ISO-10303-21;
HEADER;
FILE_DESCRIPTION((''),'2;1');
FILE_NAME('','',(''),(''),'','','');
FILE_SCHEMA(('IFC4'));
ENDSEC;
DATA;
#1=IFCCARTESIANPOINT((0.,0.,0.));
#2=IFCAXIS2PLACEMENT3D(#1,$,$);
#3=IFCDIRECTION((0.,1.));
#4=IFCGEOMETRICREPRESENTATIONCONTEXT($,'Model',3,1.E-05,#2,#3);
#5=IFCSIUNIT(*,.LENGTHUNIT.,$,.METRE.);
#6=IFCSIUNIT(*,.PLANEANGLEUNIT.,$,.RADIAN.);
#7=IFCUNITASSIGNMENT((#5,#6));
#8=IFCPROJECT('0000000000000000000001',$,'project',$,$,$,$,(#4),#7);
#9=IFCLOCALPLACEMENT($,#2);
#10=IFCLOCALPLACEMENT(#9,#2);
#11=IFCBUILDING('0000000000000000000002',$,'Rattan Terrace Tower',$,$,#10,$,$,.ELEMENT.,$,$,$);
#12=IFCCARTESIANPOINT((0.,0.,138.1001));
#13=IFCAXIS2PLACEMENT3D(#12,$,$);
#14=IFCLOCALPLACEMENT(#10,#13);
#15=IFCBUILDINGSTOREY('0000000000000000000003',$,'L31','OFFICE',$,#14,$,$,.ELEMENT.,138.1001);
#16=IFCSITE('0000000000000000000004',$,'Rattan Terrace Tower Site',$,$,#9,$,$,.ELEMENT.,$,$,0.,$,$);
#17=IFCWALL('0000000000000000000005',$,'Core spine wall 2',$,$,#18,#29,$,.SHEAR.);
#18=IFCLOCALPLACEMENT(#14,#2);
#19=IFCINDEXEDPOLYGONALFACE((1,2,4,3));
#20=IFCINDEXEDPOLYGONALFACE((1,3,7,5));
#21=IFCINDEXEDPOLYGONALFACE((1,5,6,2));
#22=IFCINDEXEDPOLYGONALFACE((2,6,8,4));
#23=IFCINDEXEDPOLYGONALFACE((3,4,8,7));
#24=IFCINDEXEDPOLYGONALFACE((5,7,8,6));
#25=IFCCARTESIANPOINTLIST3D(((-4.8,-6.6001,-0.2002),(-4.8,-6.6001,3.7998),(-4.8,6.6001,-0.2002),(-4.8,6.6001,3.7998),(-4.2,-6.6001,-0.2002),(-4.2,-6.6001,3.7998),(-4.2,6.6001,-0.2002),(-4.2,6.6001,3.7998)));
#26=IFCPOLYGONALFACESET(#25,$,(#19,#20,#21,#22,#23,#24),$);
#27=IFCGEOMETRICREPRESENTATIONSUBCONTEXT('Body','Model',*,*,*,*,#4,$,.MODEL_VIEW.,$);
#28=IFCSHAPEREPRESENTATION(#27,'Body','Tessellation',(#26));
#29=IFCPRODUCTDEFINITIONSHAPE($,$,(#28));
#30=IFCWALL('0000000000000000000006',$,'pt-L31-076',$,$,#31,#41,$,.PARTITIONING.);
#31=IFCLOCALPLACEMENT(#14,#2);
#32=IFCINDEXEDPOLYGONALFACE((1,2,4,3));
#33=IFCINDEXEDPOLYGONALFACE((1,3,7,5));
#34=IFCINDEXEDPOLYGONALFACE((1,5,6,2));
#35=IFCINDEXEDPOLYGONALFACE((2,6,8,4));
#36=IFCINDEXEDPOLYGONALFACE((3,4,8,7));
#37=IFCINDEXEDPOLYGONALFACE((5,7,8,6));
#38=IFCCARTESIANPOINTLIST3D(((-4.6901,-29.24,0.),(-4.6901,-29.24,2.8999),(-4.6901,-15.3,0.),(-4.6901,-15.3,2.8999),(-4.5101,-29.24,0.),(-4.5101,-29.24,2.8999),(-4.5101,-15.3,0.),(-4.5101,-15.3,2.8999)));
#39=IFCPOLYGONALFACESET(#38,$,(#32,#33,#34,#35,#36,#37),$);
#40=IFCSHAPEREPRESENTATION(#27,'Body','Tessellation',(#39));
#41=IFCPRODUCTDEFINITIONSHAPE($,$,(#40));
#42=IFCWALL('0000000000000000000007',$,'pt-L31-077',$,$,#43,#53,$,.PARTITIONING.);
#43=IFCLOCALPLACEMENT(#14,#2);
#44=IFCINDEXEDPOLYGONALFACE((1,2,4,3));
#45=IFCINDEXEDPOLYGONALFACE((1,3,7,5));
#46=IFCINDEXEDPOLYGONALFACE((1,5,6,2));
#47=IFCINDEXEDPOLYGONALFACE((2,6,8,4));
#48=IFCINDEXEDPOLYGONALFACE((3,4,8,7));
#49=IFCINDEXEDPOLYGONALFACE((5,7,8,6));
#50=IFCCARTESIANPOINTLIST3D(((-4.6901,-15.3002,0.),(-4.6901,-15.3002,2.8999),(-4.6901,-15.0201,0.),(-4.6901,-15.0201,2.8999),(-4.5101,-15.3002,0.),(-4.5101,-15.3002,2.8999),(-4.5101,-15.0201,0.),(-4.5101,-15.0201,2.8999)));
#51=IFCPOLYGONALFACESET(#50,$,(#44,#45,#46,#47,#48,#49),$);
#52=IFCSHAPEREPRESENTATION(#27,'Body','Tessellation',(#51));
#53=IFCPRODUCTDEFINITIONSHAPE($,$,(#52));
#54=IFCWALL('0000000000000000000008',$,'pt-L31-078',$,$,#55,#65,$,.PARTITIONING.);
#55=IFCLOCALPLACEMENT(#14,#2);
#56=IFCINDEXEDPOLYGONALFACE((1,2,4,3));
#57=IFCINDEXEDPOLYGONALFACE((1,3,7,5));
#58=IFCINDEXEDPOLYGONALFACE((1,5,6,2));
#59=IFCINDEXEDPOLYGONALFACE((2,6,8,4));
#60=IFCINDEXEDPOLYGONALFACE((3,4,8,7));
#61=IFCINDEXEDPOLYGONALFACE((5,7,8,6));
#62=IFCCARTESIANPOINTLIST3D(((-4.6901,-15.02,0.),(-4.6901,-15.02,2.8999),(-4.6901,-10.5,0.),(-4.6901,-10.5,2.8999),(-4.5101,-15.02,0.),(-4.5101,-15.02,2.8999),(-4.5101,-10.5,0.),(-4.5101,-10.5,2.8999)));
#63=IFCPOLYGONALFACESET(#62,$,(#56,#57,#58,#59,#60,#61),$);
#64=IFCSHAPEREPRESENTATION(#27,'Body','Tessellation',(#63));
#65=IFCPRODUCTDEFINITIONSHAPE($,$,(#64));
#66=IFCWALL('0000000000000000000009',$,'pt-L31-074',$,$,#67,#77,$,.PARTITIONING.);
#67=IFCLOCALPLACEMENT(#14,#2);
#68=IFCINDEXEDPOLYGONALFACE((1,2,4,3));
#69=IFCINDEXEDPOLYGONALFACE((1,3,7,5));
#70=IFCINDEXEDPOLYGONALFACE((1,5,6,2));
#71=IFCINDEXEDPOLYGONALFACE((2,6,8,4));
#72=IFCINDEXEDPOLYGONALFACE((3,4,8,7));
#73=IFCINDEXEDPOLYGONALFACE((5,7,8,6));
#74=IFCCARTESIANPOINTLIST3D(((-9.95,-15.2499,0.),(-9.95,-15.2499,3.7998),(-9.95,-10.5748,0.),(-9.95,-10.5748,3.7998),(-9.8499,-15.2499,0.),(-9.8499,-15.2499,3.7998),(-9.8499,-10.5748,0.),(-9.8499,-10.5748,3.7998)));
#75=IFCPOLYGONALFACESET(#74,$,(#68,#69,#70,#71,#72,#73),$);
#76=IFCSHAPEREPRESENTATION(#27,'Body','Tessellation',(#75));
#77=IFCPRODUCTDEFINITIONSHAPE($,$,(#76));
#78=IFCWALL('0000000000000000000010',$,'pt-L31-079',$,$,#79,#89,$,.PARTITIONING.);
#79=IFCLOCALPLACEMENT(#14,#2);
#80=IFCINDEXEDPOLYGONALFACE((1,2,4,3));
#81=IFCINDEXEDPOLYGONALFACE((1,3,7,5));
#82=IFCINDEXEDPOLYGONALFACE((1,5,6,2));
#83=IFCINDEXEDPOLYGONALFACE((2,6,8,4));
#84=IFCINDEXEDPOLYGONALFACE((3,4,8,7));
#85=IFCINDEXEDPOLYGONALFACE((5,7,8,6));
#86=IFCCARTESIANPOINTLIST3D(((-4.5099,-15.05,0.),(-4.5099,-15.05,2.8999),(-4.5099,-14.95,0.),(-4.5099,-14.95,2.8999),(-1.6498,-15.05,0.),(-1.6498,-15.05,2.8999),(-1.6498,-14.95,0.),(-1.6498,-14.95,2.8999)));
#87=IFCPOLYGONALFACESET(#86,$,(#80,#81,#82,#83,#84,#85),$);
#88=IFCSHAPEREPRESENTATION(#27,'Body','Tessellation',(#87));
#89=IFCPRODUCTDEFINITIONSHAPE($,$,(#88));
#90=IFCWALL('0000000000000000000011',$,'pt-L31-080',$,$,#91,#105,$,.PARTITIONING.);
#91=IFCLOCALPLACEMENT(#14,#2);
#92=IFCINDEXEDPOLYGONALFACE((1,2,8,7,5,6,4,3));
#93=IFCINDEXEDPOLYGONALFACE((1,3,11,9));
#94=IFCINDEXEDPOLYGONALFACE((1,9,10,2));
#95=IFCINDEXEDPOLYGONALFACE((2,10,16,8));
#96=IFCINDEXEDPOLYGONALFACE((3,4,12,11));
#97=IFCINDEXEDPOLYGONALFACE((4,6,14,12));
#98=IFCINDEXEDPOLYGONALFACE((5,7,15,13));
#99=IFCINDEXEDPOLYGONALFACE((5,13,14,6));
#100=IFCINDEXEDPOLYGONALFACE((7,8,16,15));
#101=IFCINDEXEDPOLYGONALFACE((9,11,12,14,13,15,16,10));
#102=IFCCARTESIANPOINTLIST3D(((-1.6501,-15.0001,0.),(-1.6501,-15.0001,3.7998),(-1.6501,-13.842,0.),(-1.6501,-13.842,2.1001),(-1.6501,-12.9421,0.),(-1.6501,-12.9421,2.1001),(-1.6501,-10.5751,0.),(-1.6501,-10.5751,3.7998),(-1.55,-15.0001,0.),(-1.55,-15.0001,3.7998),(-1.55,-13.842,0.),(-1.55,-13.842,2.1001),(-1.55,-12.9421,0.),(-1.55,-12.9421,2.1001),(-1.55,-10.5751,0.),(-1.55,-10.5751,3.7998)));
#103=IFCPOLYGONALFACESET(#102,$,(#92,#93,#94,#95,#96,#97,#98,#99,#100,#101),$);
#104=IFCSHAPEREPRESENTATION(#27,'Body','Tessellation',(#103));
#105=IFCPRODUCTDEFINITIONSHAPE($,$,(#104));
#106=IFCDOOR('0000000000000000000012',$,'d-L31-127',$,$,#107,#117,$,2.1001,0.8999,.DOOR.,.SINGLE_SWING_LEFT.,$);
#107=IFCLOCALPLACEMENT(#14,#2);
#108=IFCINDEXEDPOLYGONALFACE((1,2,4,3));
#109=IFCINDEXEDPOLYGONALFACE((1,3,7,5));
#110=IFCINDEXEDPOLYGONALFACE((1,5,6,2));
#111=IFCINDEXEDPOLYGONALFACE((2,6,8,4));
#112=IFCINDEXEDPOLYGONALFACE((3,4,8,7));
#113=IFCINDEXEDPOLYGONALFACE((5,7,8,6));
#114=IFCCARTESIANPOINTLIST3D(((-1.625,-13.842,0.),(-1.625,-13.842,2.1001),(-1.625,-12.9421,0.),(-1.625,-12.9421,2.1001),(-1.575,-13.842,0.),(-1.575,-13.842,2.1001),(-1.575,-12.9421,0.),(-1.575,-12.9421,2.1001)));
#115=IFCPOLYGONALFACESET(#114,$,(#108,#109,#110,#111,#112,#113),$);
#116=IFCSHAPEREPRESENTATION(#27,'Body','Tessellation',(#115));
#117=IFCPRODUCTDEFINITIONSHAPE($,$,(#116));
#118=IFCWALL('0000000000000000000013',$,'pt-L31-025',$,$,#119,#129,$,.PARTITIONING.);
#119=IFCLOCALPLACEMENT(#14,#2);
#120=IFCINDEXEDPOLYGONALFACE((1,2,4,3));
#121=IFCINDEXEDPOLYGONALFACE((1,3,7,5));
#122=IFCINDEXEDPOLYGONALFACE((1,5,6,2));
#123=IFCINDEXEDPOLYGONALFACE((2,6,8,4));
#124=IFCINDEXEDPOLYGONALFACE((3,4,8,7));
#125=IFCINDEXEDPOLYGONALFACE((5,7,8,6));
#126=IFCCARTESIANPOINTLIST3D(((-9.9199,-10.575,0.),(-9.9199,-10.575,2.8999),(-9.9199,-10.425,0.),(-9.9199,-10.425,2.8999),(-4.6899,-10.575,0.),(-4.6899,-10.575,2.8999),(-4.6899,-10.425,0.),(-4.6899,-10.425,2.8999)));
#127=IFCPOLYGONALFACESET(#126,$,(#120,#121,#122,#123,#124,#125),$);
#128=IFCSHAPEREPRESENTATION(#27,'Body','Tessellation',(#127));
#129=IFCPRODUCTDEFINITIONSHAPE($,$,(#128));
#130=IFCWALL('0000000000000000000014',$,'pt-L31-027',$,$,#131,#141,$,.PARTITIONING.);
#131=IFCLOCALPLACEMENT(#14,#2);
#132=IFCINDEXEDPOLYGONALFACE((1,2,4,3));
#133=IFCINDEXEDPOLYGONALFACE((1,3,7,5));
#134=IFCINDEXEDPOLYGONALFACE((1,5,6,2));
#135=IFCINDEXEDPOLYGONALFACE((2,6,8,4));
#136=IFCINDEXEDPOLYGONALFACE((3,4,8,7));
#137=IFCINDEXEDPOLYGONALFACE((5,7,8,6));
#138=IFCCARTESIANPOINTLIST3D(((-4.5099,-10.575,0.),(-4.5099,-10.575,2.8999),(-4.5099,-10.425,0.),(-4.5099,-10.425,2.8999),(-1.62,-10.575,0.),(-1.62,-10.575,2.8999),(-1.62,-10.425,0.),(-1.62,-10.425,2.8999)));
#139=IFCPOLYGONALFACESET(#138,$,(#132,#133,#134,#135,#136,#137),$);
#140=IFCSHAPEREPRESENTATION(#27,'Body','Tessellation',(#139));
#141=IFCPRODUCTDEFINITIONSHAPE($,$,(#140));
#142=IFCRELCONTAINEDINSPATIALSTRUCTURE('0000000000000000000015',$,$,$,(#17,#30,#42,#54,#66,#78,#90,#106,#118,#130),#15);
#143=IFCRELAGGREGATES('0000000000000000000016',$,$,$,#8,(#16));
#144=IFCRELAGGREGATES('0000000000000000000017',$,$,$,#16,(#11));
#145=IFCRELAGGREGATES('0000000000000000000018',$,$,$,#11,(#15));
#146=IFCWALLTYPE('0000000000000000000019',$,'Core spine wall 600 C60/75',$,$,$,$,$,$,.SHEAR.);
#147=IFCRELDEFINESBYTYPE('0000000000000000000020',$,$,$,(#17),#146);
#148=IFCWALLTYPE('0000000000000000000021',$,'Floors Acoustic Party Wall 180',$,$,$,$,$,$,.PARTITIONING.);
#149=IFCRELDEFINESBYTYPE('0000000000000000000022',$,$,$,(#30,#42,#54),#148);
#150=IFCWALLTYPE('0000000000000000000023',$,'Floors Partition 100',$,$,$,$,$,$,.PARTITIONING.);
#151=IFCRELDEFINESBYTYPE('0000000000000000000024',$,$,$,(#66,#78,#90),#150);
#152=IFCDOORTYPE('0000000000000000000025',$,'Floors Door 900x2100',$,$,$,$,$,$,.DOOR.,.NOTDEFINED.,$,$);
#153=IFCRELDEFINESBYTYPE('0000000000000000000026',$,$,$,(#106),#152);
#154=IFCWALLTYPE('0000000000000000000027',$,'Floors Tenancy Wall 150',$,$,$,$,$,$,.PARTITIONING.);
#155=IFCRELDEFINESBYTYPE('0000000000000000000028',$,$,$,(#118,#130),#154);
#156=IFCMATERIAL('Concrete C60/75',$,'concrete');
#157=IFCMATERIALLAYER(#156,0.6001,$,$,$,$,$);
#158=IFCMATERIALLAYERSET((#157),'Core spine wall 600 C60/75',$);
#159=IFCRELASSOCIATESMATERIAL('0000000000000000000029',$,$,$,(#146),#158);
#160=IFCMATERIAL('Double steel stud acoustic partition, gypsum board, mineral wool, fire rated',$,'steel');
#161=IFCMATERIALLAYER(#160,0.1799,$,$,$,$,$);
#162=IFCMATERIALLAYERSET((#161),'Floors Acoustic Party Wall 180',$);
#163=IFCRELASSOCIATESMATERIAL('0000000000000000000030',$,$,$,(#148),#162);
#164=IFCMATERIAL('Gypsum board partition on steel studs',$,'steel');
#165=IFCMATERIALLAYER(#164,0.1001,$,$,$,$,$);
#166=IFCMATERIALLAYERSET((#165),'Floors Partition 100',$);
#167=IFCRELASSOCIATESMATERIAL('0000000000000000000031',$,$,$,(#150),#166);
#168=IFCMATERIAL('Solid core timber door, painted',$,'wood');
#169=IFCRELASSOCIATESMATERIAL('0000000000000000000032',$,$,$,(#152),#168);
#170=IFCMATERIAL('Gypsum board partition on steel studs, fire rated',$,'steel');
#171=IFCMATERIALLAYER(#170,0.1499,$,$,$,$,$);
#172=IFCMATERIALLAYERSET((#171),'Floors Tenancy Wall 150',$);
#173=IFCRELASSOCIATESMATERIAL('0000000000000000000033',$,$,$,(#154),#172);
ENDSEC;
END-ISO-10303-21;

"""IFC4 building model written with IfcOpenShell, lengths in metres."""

from ifc_helpers import new_model, si_unit, direction, frame, frame_2d, origin, place, context, subcontext, project, spatial, rectangle, extrude, material, layer, layer_set, type_object, element, fill, save


model = new_model("IFC4")

# Units and contexts
model_context = context("Model", 3, precision=1e-05, world=origin(), true_north=direction((0.0, 1.0)))
body_context = subcontext(model_context, "Body", "Model", "MODEL_VIEW")
ifc_project = project(units=[si_unit("LENGTHUNIT", "METRE"), si_unit("PLANEANGLEUNIT", "RADIAN")], contexts=[model_context])

# Site, building, storey
site_placement = place(None, origin())
site = spatial("IfcSite", under=ifc_project, at=site_placement, Name="Rattan Terrace Tower Site", CompositionType="ELEMENT", RefElevation=0.0)
building_placement = place(site_placement, origin())
building = spatial("IfcBuilding", under=site, at=building_placement, Name="Rattan Terrace Tower", CompositionType="ELEMENT")
storey_placement = place(building_placement, frame((0.0, 0.0, 138.1001)))
storey = spatial("IfcBuildingStorey", under=building, at=storey_placement, Name="L31", Description="OFFICE", CompositionType="ELEMENT", Elevation=138.1001)

# Walls
ifc_material_1 = material(Name="Concrete C60/75", Category="concrete")
ifc_layer_1 = layer(ifc_material_1, 0.6001)
ifc_layer_set_1 = layer_set([ifc_layer_1], Name="Core spine wall 600 C60/75")
wall_type_1 = type_object("IfcWallType", Name="Core spine wall 600 C60/75", PredefinedType="SHEAR", material=ifc_layer_set_1)
wall_1_placement = place(storey_placement, frame((-4.5, -6.6001, -0.2002), z_axis=(0.0, 0.0, 1.0), x_axis=(0.0, 1.0, 0.0)))
element("IfcWall", 1, at=wall_1_placement, inside=storey, type_object=wall_type_1, Name="Core spine wall 2", PredefinedType="SHEAR", context=body_context, shape_type="SweptSolid", body=[
    extrude(rectangle(XDim=13.2002, YDim=0.6001, at=frame_2d((6.6001, 0.0))), origin(), (0.0, 0.0, 1.0), 4.0),
])
ifc_material_2 = material(Name="Double steel stud acoustic partition, gypsum board, mineral wool, fire rated", Category="steel")
ifc_layer_2 = layer(ifc_material_2, 0.1799)
ifc_layer_set_2 = layer_set([ifc_layer_2], Name="Floors Acoustic Party Wall 180")
wall_type_2 = type_object("IfcWallType", Name="Floors Acoustic Party Wall 180", PredefinedType="PARTITIONING", material=ifc_layer_set_2)
wall_2_placement = place(storey_placement, frame((-4.6001, -15.3, 0.0), z_axis=(0.0, 0.0, 1.0), x_axis=(0.0, -1.0, 0.0)))
element("IfcWall", 2, at=wall_2_placement, inside=storey, type_object=wall_type_2, Name="pt-L31-076", PredefinedType="PARTITIONING", context=body_context, shape_type="SweptSolid", body=[
    extrude(rectangle(XDim=13.9399, YDim=0.1799, at=frame_2d((6.97, 0.0))), origin(), (0.0, 0.0, 1.0), 2.8999),
])
wall_3_placement = place(storey_placement, frame((-4.6001, -15.02, 0.0), z_axis=(0.0, 0.0, 1.0), x_axis=(0.0, -1.0, 0.0)))
element("IfcWall", 3, at=wall_3_placement, inside=storey, type_object=wall_type_2, Name="pt-L31-077", PredefinedType="PARTITIONING", context=body_context, shape_type="SweptSolid", body=[
    extrude(rectangle(XDim=0.28, YDim=0.1799, at=frame_2d((0.1401, 0.0))), origin(), (0.0, 0.0, 1.0), 2.8999),
])
wall_4_placement = place(storey_placement, frame((-4.6001, -10.5, 0.0), z_axis=(0.0, 0.0, 1.0), x_axis=(0.0, -1.0, 0.0)))
element("IfcWall", 4, at=wall_4_placement, inside=storey, type_object=wall_type_2, Name="pt-L31-078", PredefinedType="PARTITIONING", context=body_context, shape_type="SweptSolid", body=[
    extrude(rectangle(XDim=4.52, YDim=0.1799, at=frame_2d((2.26, 0.0))), origin(), (0.0, 0.0, 1.0), 2.8999),
])
ifc_material_3 = material(Name="Gypsum board partition on steel studs", Category="steel")
ifc_layer_3 = layer(ifc_material_3, 0.1001)
ifc_layer_set_3 = layer_set([ifc_layer_3], Name="Floors Partition 100")
wall_type_3 = type_object("IfcWallType", Name="Floors Partition 100", PredefinedType="PARTITIONING", material=ifc_layer_set_3)
wall_5_placement = place(storey_placement, frame((-9.8999, -10.575, 0.0), z_axis=(0.0, 0.0, 1.0), x_axis=(0.0, -1.0, 0.0)))
element("IfcWall", 5, at=wall_5_placement, inside=storey, type_object=wall_type_3, Name="pt-L31-074", PredefinedType="PARTITIONING", context=body_context, shape_type="SweptSolid", body=[
    extrude(rectangle(XDim=4.675, YDim=0.1001, at=frame_2d((2.3374, 0.0))), origin(), (0.0, 0.0, 1.0), 3.7998),
])
wall_6_placement = place(storey_placement, frame((-4.51, -15.0, 0.0), z_axis=(0.0, 0.0, 1.0), x_axis=(1.0, 0.0, 0.0)))
element("IfcWall", 6, at=wall_6_placement, inside=storey, type_object=wall_type_3, Name="pt-L31-079", PredefinedType="PARTITIONING", context=body_context, shape_type="SweptSolid", body=[
    extrude(rectangle(XDim=2.8601, YDim=0.1001, at=frame_2d((1.4302, 0.0))), origin(), (0.0, 0.0, 1.0), 2.8999),
])

# Wall, opening, door
wall_7_placement = place(storey_placement, frame((-1.6001, -15.0, 0.0), z_axis=(0.0, 0.0, 1.0), x_axis=(0.0, 1.0, 0.0)))
wall_7 = element("IfcWall", 7, at=wall_7_placement, inside=storey, type_object=wall_type_3, Name="pt-L31-080", PredefinedType="PARTITIONING", context=body_context, shape_type="SweptSolid", body=[
    extrude(rectangle(XDim=4.425, YDim=0.1001, at=frame_2d((2.2124, 0.0))), origin(), (0.0, 0.0, 1.0), 3.7998),
])
opening_1_placement = place(wall_7_placement, frame((1.158, 0.0, 0.0)))
opening_1 = element("IfcOpeningElement", 8, at=opening_1_placement, cuts=wall_7, PredefinedType="OPENING", context=body_context, shape_type="SweptSolid", body=[
    extrude(rectangle(XDim=0.8999, YDim=2.1001, at=frame_2d((0.45, 1.05))), frame((0.0, 0.0605, 0.0), z_axis=(0.0, -1.0, 0.0), x_axis=(1.0, 0.0, 0.0)), (0.0, 0.0, 1.0), 0.1211),
])
ifc_material_4 = material(Name="Solid core timber door, painted", Category="wood")
door_type_1 = type_object("IfcDoorType", Name="Floors Door 900x2100", OperationType="NOTDEFINED", PredefinedType="DOOR", material=ifc_material_4)
door_1_placement = place(opening_1_placement, origin())
door_1 = element("IfcDoor", 9, at=door_1_placement, inside=storey, type_object=door_type_1, Name="d-L31-127", OperationType="SINGLE_SWING_LEFT", OverallHeight=2.1001, OverallWidth=0.8999, PredefinedType="DOOR", context=body_context, shape_type="SweptSolid", body=[
    extrude(rectangle(XDim=0.8999, YDim=2.1001, at=frame_2d((0.45, 1.05))), frame((0.0, 0.0249, 0.0), z_axis=(0.0, -1.0, 0.0), x_axis=(1.0, 0.0, 0.0)), (0.0, 0.0, 1.0), 0.05),
])
fill(opening_1, door_1)

# Walls
ifc_material_5 = material(Name="Gypsum board partition on steel studs, fire rated", Category="steel")
ifc_layer_4 = layer(ifc_material_5, 0.1499)
ifc_layer_set_4 = layer_set([ifc_layer_4], Name="Floors Tenancy Wall 150")
wall_type_4 = type_object("IfcWallType", Name="Floors Tenancy Wall 150", PredefinedType="PARTITIONING", material=ifc_layer_set_4)
wall_8_placement = place(storey_placement, frame((-4.6899, -10.5, 0.0), z_axis=(0.0, 0.0, 1.0), x_axis=(-1.0, 0.0, 0.0)))
element("IfcWall", 10, at=wall_8_placement, inside=storey, type_object=wall_type_4, Name="pt-L31-025", PredefinedType="PARTITIONING", context=body_context, shape_type="SweptSolid", body=[
    extrude(rectangle(XDim=5.23, YDim=0.1499, at=frame_2d((2.615, 0.0))), origin(), (0.0, 0.0, 1.0), 2.8999),
])
wall_9_placement = place(storey_placement, frame((-1.6201, -10.5, 0.0), z_axis=(0.0, 0.0, 1.0), x_axis=(-1.0, 0.0, 0.0)))
element("IfcWall", 11, at=wall_9_placement, inside=storey, type_object=wall_type_4, Name="pt-L31-027", PredefinedType="PARTITIONING", context=body_context, shape_type="SweptSolid", body=[
    extrude(rectangle(XDim=2.8899, YDim=0.1499, at=frame_2d((1.4448, 0.0))), origin(), (0.0, 0.0, 1.0), 2.8999),
])

save(model, "model.ifc")
